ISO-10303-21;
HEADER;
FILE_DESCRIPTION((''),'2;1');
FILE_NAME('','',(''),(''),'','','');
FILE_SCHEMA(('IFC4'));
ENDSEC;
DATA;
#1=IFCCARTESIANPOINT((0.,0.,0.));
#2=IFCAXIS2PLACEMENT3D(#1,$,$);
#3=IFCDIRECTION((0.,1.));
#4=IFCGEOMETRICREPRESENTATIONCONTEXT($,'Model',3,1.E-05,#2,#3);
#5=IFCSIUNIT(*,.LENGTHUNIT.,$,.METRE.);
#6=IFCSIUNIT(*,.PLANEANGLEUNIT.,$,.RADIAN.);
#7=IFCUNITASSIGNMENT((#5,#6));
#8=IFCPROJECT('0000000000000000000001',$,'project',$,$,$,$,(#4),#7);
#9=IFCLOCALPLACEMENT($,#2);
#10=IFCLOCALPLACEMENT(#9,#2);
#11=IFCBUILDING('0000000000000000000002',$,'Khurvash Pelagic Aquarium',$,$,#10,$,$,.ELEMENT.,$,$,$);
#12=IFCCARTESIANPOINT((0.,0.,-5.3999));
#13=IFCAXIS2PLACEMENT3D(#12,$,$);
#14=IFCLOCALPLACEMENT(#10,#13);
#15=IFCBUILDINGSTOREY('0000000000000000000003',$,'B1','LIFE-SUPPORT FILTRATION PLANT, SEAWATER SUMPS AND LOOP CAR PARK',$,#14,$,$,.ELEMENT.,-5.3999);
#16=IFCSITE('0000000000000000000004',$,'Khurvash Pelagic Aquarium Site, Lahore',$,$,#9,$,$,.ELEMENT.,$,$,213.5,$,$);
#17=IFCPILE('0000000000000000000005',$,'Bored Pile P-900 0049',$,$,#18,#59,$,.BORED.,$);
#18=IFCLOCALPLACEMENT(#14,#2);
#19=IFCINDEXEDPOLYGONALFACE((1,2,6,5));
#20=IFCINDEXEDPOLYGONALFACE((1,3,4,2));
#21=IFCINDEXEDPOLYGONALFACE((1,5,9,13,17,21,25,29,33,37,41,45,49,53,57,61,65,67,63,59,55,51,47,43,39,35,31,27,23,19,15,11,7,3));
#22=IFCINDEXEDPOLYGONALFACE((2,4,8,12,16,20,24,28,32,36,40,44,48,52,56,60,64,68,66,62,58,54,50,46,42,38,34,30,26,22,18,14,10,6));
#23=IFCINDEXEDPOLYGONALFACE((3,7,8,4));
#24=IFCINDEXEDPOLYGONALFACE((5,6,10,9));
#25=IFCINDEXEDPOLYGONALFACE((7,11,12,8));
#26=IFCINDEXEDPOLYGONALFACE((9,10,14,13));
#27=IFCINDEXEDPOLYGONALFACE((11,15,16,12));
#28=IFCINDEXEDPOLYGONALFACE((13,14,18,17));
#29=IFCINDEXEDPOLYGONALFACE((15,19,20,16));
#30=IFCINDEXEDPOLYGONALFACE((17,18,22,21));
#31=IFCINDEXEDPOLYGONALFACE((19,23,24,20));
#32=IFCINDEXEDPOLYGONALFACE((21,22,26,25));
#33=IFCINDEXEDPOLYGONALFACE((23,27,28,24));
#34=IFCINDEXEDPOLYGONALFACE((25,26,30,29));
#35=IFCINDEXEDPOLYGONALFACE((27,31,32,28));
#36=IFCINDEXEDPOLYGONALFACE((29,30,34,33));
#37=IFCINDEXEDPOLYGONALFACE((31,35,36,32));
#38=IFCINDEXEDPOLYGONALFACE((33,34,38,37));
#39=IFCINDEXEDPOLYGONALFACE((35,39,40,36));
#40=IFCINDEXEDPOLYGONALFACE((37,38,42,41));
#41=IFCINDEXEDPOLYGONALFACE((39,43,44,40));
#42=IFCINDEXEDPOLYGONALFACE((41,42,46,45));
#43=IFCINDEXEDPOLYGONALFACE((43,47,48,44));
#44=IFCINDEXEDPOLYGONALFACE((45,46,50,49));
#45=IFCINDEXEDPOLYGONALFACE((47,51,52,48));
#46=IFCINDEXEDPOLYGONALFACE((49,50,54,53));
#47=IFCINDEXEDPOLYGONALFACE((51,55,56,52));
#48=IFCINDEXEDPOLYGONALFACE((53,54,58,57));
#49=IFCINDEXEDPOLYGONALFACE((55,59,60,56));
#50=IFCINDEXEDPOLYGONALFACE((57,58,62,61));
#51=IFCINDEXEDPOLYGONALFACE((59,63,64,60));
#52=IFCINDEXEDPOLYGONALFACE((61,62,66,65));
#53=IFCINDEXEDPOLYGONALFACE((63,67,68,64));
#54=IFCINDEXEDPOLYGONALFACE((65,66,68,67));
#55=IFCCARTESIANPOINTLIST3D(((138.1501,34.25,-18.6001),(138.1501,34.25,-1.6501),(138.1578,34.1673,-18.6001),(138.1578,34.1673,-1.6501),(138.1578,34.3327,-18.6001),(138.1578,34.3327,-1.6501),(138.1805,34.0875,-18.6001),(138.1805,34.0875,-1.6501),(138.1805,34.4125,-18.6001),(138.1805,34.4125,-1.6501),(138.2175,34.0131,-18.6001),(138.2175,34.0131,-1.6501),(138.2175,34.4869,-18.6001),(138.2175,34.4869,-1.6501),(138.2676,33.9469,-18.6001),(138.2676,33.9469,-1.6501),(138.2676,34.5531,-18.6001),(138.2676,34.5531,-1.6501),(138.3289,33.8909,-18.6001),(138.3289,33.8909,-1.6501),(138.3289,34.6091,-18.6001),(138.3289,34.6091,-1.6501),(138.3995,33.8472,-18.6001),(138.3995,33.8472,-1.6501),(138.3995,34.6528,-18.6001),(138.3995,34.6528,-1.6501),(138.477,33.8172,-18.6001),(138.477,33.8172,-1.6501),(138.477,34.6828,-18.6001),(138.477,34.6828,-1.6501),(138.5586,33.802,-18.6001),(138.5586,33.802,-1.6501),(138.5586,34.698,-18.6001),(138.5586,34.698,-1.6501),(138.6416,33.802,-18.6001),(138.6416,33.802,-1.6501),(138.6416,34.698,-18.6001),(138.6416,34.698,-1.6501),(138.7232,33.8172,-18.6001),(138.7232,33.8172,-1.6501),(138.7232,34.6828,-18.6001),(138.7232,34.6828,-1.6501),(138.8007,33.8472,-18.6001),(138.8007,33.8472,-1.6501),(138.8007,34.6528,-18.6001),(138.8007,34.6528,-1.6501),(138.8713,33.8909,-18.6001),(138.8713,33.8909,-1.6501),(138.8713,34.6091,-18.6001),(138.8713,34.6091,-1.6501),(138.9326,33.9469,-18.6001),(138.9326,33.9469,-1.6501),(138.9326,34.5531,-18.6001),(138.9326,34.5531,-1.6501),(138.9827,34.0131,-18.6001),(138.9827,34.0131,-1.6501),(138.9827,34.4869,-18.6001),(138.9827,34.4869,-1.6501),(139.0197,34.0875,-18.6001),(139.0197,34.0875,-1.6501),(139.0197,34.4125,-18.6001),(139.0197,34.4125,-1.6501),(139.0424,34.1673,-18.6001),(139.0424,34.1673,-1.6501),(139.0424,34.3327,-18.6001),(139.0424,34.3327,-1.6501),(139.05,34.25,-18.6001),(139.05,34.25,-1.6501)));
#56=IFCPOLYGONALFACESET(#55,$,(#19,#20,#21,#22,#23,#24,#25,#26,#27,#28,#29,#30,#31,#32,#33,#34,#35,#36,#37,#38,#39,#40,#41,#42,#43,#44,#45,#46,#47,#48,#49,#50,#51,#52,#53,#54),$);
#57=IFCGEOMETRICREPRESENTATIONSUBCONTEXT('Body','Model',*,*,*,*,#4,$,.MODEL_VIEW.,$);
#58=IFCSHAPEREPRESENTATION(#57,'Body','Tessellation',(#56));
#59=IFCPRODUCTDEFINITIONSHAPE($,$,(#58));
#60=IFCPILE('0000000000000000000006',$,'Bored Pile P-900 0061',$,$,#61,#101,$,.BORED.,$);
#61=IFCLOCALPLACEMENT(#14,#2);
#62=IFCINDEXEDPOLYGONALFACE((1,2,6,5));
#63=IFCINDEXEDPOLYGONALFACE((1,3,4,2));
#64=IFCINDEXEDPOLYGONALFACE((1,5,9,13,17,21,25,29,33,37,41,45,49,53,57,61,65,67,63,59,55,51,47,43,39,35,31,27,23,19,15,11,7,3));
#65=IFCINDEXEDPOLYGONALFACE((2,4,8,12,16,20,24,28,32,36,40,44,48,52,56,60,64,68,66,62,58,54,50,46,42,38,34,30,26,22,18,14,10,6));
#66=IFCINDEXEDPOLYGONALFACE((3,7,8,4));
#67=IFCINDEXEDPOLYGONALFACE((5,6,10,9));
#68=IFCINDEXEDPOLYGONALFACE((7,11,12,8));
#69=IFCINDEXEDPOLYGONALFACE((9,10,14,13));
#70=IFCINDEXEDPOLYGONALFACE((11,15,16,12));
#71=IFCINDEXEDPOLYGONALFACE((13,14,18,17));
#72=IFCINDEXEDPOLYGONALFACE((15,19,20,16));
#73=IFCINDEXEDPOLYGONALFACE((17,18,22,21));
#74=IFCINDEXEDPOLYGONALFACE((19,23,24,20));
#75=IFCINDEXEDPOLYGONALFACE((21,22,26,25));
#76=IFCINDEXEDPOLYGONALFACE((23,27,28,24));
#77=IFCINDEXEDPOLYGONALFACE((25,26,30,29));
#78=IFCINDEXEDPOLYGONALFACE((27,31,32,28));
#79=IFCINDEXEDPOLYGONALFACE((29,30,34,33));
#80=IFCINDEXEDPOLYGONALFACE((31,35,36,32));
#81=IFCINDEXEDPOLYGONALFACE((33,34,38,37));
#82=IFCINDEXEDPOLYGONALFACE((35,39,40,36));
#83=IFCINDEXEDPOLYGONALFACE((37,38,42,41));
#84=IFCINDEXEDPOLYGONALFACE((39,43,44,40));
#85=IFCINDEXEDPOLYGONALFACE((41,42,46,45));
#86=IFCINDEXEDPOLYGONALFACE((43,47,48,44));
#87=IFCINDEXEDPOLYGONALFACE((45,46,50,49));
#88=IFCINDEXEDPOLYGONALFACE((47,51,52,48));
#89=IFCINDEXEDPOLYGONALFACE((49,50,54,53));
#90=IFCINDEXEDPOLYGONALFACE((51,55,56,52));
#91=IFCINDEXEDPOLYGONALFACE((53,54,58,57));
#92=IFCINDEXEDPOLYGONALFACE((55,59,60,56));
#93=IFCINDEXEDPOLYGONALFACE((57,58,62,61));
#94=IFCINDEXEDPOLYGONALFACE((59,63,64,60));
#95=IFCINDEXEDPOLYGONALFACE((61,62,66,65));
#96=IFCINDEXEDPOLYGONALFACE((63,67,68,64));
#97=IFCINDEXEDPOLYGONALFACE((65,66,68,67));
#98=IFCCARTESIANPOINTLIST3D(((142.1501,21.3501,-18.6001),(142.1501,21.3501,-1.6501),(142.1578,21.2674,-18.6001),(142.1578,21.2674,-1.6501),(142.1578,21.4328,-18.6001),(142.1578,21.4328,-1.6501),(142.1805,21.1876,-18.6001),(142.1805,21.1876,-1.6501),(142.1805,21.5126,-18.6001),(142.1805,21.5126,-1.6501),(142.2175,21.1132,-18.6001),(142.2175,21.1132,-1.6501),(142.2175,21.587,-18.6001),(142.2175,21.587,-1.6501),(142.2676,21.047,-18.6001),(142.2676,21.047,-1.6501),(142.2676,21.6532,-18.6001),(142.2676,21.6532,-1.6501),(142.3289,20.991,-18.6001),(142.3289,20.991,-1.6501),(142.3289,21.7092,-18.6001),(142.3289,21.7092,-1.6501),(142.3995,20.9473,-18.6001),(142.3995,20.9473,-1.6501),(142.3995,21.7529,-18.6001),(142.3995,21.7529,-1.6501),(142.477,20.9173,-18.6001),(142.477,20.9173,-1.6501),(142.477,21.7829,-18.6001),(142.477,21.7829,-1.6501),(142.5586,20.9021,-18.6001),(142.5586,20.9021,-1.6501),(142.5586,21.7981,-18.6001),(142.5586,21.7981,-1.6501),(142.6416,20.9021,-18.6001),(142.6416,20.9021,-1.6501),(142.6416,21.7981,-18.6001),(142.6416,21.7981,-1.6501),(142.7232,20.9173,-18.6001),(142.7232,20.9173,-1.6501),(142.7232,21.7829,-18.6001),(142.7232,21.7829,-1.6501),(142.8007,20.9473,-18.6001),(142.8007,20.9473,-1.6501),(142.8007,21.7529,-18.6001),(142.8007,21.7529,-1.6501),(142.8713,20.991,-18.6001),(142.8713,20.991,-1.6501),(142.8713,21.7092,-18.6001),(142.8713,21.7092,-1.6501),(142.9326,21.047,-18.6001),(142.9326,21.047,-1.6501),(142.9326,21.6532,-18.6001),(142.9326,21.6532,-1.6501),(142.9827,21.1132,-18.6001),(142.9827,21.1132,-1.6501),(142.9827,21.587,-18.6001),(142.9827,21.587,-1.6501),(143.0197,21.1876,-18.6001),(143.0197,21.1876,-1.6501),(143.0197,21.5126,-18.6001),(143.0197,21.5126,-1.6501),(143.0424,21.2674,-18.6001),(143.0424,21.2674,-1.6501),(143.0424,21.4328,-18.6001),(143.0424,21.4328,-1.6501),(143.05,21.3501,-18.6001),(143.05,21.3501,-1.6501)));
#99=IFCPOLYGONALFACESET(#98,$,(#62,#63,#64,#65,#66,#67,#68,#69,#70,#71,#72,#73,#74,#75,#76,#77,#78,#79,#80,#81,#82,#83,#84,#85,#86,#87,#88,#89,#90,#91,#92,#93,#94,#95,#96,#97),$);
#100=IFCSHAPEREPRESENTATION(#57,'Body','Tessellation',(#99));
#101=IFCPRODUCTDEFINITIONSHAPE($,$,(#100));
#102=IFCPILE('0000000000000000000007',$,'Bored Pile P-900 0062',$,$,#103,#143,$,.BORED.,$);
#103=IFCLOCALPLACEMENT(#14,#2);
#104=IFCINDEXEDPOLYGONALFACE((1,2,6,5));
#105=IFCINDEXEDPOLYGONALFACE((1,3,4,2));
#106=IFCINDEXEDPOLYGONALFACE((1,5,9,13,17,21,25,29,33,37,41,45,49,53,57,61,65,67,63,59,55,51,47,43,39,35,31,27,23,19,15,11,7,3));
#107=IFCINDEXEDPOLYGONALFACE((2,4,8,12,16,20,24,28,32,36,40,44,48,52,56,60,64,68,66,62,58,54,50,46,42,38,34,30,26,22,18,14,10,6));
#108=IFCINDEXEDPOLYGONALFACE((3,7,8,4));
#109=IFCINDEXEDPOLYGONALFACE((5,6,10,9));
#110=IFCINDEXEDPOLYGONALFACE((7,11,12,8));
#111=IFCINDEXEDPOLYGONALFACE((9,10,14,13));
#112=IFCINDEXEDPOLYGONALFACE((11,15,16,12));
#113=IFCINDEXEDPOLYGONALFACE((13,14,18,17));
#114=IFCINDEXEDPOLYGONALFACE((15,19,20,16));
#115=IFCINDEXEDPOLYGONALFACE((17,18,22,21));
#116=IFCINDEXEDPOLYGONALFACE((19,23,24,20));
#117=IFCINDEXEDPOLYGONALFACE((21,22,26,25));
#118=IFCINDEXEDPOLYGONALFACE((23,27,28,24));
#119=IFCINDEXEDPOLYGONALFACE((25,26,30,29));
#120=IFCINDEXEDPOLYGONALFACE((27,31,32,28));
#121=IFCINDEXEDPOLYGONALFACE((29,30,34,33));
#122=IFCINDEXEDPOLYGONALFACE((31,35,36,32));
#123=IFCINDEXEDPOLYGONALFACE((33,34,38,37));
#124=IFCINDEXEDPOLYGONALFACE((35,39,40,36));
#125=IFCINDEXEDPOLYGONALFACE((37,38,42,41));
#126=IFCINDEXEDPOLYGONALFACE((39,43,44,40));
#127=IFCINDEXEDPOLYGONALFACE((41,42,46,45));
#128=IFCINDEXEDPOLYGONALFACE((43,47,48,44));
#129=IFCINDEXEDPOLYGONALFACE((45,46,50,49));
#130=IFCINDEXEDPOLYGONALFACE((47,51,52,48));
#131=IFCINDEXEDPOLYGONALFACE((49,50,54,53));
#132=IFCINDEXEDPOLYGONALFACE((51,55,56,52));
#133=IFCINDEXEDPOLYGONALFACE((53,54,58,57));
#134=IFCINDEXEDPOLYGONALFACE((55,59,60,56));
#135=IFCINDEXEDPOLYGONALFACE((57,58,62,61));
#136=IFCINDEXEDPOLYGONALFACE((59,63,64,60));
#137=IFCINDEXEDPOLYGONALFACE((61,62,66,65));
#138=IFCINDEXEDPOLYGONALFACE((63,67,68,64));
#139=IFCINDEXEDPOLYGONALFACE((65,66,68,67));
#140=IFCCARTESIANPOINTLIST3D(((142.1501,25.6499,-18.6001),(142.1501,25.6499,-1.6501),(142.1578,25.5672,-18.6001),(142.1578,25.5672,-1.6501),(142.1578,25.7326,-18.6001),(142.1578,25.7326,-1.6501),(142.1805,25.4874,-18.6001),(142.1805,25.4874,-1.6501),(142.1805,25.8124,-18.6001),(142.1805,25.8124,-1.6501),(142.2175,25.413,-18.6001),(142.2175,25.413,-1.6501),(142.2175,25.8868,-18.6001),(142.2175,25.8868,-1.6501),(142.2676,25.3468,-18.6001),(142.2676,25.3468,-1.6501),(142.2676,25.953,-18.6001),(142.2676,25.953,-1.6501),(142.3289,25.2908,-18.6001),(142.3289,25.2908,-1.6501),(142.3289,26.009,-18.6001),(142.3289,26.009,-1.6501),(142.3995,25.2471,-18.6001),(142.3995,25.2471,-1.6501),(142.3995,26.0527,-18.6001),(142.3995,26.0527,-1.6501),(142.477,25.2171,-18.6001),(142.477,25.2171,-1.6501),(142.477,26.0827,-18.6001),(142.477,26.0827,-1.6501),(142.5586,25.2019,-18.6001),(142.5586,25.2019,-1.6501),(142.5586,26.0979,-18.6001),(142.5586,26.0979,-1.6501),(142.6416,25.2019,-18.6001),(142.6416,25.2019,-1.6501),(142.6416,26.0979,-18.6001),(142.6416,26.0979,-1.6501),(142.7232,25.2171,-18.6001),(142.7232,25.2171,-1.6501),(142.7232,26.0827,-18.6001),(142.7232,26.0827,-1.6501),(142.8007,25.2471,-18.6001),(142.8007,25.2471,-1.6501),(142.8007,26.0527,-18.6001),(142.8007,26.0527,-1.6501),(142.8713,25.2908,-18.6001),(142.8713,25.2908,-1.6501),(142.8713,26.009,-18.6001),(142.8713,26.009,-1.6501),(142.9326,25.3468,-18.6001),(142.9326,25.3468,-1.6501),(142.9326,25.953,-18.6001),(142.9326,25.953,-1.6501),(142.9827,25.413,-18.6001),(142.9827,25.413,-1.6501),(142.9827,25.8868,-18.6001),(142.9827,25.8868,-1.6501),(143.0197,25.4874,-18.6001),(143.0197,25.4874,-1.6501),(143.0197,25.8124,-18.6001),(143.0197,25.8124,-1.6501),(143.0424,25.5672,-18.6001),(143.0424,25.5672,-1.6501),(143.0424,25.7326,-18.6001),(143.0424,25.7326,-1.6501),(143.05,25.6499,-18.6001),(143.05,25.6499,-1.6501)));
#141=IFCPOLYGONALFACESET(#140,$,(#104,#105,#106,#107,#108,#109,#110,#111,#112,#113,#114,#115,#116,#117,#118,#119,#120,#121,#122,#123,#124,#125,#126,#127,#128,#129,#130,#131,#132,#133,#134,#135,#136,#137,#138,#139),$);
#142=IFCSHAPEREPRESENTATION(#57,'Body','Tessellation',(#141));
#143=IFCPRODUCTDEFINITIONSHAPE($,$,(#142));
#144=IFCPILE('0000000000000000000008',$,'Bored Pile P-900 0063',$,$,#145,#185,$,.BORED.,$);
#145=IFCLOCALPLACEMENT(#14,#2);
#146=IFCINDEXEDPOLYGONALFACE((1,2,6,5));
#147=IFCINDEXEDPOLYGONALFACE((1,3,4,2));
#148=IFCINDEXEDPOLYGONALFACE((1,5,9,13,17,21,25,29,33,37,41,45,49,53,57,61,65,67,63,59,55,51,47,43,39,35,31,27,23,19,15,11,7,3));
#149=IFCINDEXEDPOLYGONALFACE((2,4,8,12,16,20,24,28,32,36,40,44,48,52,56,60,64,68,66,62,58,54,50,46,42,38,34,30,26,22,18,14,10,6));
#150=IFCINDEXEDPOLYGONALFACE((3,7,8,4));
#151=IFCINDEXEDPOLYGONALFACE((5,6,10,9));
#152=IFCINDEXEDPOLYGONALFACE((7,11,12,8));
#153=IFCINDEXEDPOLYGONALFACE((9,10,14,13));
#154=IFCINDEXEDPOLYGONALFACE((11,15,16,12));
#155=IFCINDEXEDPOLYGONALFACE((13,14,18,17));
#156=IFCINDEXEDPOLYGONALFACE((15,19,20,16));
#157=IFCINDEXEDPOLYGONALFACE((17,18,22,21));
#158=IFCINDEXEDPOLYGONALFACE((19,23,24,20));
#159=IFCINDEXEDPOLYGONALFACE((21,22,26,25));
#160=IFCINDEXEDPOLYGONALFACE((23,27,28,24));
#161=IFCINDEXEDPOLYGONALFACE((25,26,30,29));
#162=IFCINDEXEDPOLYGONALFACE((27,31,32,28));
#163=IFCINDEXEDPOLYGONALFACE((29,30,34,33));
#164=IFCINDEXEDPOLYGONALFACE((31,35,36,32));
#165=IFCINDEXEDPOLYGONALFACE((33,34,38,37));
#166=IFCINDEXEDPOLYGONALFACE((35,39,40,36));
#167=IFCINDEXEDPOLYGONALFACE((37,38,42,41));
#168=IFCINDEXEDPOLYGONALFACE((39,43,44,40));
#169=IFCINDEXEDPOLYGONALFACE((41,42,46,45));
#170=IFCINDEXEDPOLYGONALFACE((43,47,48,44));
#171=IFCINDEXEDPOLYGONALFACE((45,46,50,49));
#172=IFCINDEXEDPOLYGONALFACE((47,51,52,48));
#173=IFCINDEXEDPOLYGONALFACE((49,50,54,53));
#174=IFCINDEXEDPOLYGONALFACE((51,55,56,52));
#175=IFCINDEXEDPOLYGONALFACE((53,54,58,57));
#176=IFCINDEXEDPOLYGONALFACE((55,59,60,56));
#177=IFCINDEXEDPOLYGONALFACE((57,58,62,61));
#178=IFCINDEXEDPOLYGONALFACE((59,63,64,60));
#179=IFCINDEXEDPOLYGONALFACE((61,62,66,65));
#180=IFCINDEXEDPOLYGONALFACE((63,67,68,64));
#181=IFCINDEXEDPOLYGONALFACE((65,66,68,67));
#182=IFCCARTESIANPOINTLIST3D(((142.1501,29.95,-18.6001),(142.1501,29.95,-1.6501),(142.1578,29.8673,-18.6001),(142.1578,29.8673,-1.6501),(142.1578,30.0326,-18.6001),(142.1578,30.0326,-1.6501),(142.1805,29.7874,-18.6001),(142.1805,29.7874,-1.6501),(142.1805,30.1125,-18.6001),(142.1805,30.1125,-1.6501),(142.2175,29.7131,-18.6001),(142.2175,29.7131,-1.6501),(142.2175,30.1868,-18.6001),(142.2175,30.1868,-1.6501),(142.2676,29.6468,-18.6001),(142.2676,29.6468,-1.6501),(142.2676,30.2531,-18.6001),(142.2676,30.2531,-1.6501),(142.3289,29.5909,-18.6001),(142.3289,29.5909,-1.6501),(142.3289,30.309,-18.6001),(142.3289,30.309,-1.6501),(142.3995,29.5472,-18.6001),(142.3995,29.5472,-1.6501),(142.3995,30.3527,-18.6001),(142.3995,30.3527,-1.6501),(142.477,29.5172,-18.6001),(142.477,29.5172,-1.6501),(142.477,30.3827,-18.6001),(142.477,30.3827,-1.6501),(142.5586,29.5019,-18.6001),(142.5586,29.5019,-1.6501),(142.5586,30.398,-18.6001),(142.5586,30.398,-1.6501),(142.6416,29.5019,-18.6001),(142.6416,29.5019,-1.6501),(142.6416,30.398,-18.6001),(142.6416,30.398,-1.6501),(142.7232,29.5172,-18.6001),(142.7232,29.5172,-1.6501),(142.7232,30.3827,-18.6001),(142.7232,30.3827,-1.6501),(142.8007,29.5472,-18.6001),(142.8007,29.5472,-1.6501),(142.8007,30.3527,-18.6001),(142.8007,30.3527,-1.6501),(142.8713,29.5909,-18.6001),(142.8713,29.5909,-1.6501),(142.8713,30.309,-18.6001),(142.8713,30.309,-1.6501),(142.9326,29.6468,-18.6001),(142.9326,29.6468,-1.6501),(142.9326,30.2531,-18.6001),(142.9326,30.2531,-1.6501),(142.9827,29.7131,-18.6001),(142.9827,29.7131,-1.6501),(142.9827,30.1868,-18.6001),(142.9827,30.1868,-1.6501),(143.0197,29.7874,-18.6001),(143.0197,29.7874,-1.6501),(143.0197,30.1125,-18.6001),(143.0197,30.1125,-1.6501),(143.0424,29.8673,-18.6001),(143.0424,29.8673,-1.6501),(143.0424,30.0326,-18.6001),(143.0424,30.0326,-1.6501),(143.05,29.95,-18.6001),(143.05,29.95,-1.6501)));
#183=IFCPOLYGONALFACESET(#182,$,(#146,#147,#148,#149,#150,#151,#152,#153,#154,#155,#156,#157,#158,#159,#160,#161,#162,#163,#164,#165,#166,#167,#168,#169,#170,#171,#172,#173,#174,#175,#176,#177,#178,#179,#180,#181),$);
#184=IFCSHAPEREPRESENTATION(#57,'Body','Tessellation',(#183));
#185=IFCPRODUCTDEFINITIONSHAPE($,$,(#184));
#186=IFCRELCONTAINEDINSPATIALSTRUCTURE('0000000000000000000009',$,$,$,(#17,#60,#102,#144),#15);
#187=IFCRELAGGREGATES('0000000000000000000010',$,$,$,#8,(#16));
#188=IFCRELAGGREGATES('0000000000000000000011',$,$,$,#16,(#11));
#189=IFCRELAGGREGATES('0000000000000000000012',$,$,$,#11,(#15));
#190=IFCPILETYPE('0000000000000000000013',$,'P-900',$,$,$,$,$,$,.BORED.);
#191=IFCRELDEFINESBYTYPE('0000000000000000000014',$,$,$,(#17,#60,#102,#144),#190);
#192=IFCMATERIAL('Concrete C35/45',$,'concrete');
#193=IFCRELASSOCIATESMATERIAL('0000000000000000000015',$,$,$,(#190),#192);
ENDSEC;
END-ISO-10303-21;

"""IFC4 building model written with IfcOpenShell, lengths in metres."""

from ifc_helpers import new_model, si_unit, direction, frame, origin, origin_2d, place, context, subcontext, project, spatial, circle, extrude, material, material_profile, profile_set, type_object, element, save


model = new_model("IFC4")

# Units and contexts
model_context = context("Model", 3, precision=1e-05, world=origin(), true_north=direction((0.0, 1.0)))
body_context = subcontext(model_context, "Body", "Model", "MODEL_VIEW")
ifc_project = project(units=[si_unit("LENGTHUNIT", "METRE"), si_unit("PLANEANGLEUNIT", "RADIAN")], contexts=[model_context])

# Site, building, storey
site_placement = place(None, origin())
site = spatial("IfcSite", under=ifc_project, at=site_placement, Name="Khurvash Pelagic Aquarium Site, Lahore", CompositionType="ELEMENT", RefElevation=213.5)
building_placement = place(site_placement, origin())
building = spatial("IfcBuilding", under=site, at=building_placement, Name="Khurvash Pelagic Aquarium", CompositionType="ELEMENT")
storey_placement = place(building_placement, frame((0.0, 0.0, -5.3999)))
storey = spatial("IfcBuildingStorey", under=building, at=storey_placement, Name="B1", Description="LIFE-SUPPORT FILTRATION PLANT, SEAWATER SUMPS AND LOOP CAR PARK", CompositionType="ELEMENT", Elevation=-5.3999)

# Piles
ifc_material_1 = material(Name="Concrete C35/45", Category="concrete")
ifc_material_profile_1 = material_profile(ifc_material_1, circle(Radius=0.45, at=origin_2d()), Name="PILE900")
ifc_profile_set_1 = profile_set([ifc_material_profile_1], Name="Concrete C35/45")
pile_type = type_object("IfcPileType", Name="P-900", PredefinedType="BORED", material=ifc_profile_set_1)
for number, where, z_axis, x_axis, name in (
    (1, (138.6001, 34.25, -1.6501), (0.0, 0.0, -1.0), (1.0, 0.0, 0.0), "Bored Pile P-900 0049"),
    (2, (142.6001, 21.3501, -1.6501), (0.0, 0.0, -1.0), (1.0, 0.0, 0.0), "Bored Pile P-900 0061"),
    (3, (142.6001, 25.6499, -1.6501), (0.0, 0.0, -1.0), (1.0, 0.0, 0.0), "Bored Pile P-900 0062"),
    (4, (142.6001, 29.95, -1.6501), (0.0, 0.0, -1.0), (1.0, 0.0, 0.0), "Bored Pile P-900 0063"),
):
    element("IfcPile", number, at=place(storey_placement, frame(where, z_axis=z_axis, x_axis=x_axis)), inside=storey, type_object=pile_type, Name=name, PredefinedType="BORED", context=body_context, shape_type="SweptSolid", body=[
        extrude(circle(Radius=0.45, at=origin_2d()), origin(), (0.0, 0.0, 1.0), 16.95),
    ])

save(model, "model.ifc")
